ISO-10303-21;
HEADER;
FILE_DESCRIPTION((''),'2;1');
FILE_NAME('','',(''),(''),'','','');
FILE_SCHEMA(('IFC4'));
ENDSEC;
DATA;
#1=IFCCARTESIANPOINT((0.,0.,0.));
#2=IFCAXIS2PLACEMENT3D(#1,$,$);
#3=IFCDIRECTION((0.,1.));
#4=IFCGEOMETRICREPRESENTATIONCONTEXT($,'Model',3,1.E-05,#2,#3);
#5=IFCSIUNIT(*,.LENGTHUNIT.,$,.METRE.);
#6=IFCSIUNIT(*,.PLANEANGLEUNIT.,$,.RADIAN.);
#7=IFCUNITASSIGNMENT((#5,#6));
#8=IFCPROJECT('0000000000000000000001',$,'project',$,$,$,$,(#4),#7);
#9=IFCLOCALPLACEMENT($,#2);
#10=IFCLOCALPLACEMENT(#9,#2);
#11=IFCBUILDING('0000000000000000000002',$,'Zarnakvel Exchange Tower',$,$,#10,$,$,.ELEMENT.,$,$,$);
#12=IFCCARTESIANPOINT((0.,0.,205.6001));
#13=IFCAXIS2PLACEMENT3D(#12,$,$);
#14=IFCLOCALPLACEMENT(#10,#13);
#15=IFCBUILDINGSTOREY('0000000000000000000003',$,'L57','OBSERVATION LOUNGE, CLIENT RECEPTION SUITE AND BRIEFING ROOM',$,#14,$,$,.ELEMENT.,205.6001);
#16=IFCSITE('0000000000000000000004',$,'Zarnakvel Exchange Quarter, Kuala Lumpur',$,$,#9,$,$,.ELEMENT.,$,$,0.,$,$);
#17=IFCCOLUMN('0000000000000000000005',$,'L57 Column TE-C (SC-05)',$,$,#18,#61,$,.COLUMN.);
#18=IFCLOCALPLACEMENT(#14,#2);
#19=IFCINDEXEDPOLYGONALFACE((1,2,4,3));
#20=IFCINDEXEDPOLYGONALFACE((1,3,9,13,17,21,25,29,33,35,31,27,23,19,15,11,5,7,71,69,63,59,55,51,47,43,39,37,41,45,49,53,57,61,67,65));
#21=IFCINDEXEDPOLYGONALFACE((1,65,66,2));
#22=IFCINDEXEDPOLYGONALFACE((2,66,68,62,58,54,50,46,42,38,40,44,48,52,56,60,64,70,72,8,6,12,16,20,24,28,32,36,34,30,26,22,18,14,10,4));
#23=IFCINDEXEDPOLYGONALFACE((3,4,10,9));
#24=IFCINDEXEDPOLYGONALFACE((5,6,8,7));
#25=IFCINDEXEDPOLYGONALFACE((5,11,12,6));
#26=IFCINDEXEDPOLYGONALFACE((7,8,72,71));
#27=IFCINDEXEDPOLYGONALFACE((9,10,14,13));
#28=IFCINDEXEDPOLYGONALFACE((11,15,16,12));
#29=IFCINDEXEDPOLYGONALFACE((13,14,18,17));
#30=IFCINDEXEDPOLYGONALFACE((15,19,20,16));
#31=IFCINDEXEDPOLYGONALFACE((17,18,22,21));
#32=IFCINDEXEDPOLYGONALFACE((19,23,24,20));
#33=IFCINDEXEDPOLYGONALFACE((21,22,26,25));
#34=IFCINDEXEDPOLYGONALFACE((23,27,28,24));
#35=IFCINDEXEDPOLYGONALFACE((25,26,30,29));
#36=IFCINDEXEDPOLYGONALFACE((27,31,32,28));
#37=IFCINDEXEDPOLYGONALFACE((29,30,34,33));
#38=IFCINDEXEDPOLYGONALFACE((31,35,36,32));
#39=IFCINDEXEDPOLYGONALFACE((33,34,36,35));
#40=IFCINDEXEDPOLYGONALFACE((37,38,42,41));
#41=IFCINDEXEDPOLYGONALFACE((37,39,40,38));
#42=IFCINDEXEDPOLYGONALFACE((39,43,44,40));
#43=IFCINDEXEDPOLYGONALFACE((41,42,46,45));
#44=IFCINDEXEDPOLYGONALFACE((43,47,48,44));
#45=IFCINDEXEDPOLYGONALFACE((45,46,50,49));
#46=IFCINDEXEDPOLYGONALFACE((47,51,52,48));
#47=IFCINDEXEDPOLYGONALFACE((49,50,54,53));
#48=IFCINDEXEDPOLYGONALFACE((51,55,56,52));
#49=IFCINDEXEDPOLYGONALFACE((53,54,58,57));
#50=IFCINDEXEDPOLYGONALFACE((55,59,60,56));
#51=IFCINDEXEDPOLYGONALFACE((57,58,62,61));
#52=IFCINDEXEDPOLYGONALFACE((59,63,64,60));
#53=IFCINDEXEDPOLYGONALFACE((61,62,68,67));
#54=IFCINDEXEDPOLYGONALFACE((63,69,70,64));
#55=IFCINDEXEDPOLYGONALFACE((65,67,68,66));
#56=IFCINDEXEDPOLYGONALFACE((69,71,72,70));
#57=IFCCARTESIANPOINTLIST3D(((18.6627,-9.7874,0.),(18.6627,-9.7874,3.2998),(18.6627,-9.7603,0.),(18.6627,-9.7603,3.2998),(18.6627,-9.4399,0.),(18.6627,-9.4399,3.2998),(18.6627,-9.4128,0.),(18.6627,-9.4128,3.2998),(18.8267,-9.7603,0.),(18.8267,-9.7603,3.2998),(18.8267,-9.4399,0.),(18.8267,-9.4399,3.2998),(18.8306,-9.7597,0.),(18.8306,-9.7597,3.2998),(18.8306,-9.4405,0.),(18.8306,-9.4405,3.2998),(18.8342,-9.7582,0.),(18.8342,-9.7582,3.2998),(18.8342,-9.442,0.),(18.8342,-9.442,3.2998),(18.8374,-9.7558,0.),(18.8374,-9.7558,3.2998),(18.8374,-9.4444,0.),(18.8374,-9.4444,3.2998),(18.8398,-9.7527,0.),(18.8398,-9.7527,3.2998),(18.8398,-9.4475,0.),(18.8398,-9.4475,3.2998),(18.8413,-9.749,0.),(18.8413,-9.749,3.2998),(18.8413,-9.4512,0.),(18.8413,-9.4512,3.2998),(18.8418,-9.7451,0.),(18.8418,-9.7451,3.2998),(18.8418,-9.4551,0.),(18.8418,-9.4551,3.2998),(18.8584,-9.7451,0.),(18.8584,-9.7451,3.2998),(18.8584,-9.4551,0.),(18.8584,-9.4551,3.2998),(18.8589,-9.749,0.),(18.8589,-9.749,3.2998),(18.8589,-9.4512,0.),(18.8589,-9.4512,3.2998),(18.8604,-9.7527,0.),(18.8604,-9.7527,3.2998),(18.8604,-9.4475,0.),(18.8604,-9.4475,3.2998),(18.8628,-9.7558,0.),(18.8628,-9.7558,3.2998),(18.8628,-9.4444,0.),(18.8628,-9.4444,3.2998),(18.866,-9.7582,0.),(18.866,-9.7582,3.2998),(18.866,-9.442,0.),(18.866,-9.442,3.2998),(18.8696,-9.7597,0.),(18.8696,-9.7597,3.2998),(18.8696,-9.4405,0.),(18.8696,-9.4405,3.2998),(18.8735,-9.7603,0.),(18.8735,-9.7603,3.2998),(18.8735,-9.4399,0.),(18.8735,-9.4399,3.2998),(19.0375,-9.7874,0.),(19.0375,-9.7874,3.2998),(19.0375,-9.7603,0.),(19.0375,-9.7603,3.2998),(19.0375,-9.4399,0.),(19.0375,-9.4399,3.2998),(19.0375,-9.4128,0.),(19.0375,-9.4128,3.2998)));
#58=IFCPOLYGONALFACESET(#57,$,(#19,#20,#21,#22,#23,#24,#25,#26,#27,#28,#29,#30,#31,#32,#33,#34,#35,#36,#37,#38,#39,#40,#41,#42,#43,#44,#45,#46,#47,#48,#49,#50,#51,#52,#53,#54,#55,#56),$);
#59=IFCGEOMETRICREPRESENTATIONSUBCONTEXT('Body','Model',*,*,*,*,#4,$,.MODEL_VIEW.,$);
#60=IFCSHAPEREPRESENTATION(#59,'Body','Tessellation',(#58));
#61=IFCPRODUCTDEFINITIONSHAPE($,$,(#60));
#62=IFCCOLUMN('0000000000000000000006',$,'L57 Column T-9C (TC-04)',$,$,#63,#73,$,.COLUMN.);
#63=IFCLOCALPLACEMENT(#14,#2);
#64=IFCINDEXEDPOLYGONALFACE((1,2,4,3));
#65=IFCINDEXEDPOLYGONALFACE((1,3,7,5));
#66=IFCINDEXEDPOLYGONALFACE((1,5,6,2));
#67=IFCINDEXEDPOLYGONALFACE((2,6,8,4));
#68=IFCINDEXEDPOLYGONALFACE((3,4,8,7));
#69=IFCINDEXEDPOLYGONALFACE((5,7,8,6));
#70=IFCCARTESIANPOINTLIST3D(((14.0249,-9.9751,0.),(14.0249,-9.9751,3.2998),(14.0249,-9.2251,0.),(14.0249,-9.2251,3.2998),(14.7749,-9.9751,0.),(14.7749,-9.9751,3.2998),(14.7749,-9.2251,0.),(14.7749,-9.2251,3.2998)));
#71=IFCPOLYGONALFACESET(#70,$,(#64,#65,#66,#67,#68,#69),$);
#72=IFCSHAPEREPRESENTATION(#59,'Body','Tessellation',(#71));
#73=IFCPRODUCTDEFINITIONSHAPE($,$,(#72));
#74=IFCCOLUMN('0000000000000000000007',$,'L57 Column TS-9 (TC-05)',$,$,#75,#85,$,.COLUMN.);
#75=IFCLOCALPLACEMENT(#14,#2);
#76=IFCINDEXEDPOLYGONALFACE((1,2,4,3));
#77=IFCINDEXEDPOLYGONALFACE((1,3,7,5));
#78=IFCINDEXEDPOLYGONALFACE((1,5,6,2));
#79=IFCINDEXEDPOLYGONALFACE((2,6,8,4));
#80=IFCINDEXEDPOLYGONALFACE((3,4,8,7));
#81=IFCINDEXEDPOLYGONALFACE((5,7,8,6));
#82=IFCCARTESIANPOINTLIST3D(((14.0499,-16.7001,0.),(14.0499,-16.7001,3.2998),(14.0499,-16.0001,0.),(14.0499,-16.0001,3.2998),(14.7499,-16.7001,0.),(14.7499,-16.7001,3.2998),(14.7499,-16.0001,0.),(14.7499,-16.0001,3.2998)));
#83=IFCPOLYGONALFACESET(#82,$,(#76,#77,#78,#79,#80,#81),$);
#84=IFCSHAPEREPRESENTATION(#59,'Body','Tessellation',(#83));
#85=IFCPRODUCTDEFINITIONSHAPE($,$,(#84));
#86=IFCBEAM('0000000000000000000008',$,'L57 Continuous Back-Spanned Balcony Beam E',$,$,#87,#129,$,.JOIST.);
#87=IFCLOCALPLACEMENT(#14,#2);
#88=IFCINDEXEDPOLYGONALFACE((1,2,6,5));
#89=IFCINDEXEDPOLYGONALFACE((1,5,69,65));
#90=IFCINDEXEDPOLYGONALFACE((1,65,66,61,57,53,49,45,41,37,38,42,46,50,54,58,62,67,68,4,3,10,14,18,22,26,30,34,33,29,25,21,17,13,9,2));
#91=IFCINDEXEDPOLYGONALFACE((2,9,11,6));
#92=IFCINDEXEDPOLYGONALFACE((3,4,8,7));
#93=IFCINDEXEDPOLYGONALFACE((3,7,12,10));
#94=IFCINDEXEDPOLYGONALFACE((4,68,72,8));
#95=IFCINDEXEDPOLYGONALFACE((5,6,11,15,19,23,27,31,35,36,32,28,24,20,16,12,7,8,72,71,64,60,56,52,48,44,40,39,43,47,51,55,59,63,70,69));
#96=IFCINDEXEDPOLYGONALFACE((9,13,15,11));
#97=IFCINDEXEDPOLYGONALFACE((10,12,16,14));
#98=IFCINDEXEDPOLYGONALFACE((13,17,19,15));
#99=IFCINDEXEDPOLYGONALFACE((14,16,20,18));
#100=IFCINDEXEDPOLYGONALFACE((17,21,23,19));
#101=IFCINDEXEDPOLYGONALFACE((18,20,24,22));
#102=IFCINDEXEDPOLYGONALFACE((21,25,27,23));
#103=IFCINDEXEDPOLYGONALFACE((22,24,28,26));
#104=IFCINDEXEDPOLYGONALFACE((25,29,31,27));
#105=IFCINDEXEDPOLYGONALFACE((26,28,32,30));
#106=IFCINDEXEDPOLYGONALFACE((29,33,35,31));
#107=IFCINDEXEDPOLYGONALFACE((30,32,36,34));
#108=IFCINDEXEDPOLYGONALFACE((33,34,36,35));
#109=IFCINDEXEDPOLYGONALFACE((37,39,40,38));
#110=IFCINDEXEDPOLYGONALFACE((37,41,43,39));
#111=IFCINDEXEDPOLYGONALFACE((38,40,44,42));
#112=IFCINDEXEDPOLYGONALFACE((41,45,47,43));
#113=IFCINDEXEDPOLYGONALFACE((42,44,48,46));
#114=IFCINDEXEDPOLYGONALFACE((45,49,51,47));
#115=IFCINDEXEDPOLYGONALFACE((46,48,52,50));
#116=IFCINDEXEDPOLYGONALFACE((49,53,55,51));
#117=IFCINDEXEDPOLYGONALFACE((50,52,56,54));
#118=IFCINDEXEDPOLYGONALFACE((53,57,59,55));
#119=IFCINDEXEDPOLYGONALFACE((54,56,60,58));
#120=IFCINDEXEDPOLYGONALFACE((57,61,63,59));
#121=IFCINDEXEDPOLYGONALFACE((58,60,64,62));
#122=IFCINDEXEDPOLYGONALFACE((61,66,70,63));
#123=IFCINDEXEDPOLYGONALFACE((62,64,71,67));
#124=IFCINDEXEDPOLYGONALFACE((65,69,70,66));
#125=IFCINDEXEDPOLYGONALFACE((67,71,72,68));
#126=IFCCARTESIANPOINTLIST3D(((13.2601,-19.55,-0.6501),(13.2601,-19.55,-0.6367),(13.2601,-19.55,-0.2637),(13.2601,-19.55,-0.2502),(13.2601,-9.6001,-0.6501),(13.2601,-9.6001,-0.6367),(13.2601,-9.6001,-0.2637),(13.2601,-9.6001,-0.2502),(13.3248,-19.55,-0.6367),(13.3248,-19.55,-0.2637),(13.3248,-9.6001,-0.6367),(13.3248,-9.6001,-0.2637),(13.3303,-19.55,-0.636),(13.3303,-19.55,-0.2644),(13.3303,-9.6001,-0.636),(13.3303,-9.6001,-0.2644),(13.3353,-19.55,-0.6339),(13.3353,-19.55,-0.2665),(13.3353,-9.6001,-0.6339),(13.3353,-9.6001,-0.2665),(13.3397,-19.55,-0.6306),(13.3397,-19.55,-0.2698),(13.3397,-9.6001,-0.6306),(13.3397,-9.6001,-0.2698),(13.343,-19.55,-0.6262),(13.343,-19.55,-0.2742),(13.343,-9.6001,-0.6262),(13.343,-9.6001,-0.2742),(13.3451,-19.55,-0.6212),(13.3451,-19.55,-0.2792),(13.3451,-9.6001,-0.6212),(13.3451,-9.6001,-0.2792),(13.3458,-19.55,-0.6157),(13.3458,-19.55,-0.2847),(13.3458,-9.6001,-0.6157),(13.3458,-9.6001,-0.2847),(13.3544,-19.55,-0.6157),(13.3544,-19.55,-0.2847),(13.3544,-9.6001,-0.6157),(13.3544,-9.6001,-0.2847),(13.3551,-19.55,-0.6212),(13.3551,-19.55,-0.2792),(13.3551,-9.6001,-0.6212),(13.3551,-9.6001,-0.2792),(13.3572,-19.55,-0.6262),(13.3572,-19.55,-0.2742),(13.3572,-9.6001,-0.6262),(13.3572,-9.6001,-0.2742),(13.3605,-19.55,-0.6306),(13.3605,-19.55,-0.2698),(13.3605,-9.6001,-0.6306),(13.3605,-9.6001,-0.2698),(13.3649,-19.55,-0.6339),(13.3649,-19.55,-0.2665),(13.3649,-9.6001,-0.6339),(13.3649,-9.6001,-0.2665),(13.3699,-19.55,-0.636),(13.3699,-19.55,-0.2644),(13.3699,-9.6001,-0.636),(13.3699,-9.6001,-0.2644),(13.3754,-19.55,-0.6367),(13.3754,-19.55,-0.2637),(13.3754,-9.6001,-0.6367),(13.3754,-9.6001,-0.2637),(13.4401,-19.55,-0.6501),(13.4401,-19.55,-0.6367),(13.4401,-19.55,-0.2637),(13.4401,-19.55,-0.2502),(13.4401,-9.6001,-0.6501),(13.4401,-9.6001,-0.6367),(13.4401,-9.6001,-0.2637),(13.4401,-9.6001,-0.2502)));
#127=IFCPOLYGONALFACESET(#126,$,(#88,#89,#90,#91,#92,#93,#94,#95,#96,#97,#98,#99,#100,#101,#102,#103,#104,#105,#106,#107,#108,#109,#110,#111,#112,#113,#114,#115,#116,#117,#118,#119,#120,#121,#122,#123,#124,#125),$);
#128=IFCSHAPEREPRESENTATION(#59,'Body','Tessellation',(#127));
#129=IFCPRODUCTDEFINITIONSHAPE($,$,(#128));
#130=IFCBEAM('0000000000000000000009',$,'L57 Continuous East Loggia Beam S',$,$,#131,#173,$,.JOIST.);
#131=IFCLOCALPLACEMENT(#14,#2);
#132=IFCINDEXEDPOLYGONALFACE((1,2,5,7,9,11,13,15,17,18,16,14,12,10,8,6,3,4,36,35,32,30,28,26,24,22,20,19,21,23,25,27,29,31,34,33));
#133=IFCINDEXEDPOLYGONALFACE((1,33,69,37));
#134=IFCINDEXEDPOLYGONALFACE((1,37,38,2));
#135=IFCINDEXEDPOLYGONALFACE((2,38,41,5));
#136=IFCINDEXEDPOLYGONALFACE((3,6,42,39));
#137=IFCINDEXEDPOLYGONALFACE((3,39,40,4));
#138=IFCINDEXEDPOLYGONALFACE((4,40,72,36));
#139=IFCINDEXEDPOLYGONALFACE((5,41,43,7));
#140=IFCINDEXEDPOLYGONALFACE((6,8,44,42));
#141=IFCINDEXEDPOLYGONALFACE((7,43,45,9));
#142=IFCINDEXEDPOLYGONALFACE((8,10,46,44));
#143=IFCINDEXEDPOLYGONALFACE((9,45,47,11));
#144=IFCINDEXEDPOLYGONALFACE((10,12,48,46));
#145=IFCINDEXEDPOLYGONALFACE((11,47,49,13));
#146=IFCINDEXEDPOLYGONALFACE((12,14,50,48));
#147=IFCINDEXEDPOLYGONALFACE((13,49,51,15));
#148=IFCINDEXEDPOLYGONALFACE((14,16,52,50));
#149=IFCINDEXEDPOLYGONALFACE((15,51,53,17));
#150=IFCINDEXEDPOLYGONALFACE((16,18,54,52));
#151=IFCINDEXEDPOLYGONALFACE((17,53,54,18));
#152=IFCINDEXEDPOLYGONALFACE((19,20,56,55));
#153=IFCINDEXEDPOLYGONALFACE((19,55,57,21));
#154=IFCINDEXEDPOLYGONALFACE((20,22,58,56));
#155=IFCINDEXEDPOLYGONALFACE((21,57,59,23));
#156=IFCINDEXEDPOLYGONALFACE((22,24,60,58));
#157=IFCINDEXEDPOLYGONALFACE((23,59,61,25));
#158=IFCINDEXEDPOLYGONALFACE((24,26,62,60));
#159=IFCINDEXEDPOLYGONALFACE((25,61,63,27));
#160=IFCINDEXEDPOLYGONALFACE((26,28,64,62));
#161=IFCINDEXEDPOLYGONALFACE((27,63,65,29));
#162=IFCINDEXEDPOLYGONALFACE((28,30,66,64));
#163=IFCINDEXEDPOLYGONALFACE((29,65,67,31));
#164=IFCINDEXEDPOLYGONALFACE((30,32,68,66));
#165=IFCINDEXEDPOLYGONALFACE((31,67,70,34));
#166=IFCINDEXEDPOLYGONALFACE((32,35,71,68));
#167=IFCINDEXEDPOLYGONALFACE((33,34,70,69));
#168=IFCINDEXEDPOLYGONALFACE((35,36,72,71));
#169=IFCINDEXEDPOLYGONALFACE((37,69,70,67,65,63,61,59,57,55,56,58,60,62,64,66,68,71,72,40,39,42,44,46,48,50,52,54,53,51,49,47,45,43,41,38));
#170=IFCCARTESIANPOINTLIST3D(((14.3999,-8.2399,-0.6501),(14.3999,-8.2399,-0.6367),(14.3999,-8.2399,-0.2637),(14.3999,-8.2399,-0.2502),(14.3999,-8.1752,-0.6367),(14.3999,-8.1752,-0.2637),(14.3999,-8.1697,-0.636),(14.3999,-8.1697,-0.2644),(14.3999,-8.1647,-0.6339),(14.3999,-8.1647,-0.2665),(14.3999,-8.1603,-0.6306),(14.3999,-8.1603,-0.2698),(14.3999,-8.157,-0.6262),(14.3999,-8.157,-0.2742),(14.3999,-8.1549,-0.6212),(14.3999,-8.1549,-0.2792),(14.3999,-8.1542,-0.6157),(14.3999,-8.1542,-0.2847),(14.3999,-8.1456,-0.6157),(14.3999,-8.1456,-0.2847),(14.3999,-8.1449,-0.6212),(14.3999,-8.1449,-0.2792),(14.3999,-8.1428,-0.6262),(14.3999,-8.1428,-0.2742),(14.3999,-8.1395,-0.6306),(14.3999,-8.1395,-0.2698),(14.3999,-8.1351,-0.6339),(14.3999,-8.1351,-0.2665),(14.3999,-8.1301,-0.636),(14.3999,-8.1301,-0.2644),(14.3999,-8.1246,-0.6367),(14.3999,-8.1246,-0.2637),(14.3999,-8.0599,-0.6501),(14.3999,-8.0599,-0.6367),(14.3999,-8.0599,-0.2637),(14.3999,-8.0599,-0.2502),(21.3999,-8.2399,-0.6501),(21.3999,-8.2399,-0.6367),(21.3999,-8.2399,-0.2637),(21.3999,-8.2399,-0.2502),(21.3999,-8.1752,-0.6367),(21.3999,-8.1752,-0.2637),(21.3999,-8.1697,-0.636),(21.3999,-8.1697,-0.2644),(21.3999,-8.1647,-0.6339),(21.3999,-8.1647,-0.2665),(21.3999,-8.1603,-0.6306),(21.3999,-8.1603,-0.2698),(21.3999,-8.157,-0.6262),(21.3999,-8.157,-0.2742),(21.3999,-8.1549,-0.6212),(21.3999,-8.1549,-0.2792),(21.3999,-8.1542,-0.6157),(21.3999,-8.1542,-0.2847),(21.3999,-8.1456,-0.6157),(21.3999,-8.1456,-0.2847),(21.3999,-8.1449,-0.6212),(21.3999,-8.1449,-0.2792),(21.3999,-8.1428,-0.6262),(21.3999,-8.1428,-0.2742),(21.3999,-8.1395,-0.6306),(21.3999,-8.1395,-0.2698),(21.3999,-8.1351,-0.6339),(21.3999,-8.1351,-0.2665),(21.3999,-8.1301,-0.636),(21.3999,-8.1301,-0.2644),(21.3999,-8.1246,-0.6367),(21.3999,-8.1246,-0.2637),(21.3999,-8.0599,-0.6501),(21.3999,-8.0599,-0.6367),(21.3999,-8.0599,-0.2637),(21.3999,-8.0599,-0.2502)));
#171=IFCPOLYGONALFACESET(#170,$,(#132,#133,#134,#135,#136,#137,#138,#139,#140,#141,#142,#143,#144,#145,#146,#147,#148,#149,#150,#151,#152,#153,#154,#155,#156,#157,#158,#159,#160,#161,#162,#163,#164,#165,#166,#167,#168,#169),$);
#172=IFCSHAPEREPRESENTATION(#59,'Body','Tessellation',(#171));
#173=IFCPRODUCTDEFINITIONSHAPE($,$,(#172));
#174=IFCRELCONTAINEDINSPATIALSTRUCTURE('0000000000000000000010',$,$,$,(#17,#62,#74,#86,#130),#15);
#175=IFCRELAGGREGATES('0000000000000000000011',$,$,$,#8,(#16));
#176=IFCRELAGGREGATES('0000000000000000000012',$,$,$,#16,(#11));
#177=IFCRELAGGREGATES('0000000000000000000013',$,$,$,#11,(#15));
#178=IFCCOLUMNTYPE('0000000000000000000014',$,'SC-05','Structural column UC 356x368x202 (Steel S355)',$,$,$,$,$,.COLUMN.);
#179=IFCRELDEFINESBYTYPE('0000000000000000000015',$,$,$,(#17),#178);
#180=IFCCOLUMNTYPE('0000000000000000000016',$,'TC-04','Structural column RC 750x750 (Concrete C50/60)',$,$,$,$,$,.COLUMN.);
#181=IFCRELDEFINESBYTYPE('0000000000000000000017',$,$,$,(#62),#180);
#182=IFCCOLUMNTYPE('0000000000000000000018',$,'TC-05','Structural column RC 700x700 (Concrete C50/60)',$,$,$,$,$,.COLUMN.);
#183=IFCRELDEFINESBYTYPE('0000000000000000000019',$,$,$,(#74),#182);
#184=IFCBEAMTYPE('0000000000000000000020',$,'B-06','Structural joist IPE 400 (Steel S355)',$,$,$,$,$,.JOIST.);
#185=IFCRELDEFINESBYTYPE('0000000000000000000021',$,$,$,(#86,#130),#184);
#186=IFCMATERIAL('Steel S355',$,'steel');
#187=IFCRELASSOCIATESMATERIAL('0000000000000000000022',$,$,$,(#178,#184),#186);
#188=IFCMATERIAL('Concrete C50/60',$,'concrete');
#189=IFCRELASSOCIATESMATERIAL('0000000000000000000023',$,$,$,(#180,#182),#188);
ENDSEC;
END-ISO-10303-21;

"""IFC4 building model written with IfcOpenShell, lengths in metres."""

from ifc_helpers import new_model, si_unit, direction, frame, origin, origin_2d, place, context, subcontext, project, spatial, rectangle, i_section, extrude, material, material_profile, profile_set, type_object, element, save


model = new_model("IFC4")

# Units and contexts
model_context = context("Model", 3, precision=1e-05, world=origin(), true_north=direction((0.0, 1.0)))
body_context = subcontext(model_context, "Body", "Model", "MODEL_VIEW")
ifc_project = project(units=[si_unit("LENGTHUNIT", "METRE"), si_unit("PLANEANGLEUNIT", "RADIAN")], contexts=[model_context])

# Site, building, storey
site_placement = place(None, origin())
site = spatial("IfcSite", under=ifc_project, at=site_placement, Name="Zarnakvel Exchange Quarter, Kuala Lumpur", CompositionType="ELEMENT", RefElevation=0.0)
building_placement = place(site_placement, origin())
building = spatial("IfcBuilding", under=site, at=building_placement, Name="Zarnakvel Exchange Tower", CompositionType="ELEMENT")
storey_placement = place(building_placement, frame((0.0, 0.0, 205.6001)))
storey = spatial("IfcBuildingStorey", under=building, at=storey_placement, Name="L57", Description="OBSERVATION LOUNGE, CLIENT RECEPTION SUITE AND BRIEFING ROOM", CompositionType="ELEMENT", Elevation=205.6001)

# Columns
ifc_material_1 = material(Name="Steel S355", Category="steel")
ifc_material_profile_1 = material_profile(ifc_material_1, i_section(OverallWidth=0.3748, OverallDepth=0.3745, WebThickness=0.0166, FlangeThickness=0.0271, FilletRadius=0.0151, at=origin_2d()))
ifc_profile_set_1 = profile_set([ifc_material_profile_1], Name="Steel S355")
column_type_1 = type_object("IfcColumnType", Name="SC-05", Description="Structural column UC 356x368x202 (Steel S355)", PredefinedType="COLUMN", material=ifc_profile_set_1)
column_1_placement = place(storey_placement, frame((18.8501, -9.6001, 0.0), z_axis=(0.0, 0.0, 1.0), x_axis=(1.0, 0.0, 0.0)))
element("IfcColumn", 1, at=column_1_placement, inside=storey, type_object=column_type_1, Name="L57 Column TE-C (SC-05)", PredefinedType="COLUMN", context=body_context, shape_type="SweptSolid", body=[
    extrude(i_section(OverallWidth=0.3748, OverallDepth=0.3745, WebThickness=0.0166, FlangeThickness=0.0271, FilletRadius=0.0151, at=origin_2d()), origin(), (0.0, 0.0, 1.0), 3.2998),
])
ifc_material_2 = material(Name="Concrete C50/60", Category="concrete")
ifc_material_profile_2 = material_profile(ifc_material_2, rectangle(XDim=0.75, YDim=0.75, at=origin_2d()))
ifc_profile_set_2 = profile_set([ifc_material_profile_2], Name="Concrete C50/60")
column_type_2 = type_object("IfcColumnType", Name="TC-04", Description="Structural column RC 750x750 (Concrete C50/60)", PredefinedType="COLUMN", material=ifc_profile_set_2)
column_2_placement = place(storey_placement, frame((14.3999, -9.6001, 0.0), z_axis=(0.0, 0.0, 1.0), x_axis=(1.0, 0.0, 0.0)))
element("IfcColumn", 2, at=column_2_placement, inside=storey, type_object=column_type_2, Name="L57 Column T-9C (TC-04)", PredefinedType="COLUMN", context=body_context, shape_type="SweptSolid", body=[
    extrude(rectangle(XDim=0.75, YDim=0.75, at=origin_2d()), origin(), (0.0, 0.0, 1.0), 3.2998),
])
ifc_material_profile_3 = material_profile(ifc_material_2, rectangle(XDim=0.7, YDim=0.7, at=origin_2d()))
ifc_profile_set_3 = profile_set([ifc_material_profile_3], Name="Concrete C50/60")
column_type_3 = type_object("IfcColumnType", Name="TC-05", Description="Structural column RC 700x700 (Concrete C50/60)", PredefinedType="COLUMN", material=ifc_profile_set_3)
column_3_placement = place(storey_placement, frame((14.3999, -16.3501, 0.0), z_axis=(0.0, 0.0, 1.0), x_axis=(1.0, 0.0, 0.0)))
element("IfcColumn", 3, at=column_3_placement, inside=storey, type_object=column_type_3, Name="L57 Column TS-9 (TC-05)", PredefinedType="COLUMN", context=body_context, shape_type="SweptSolid", body=[
    extrude(rectangle(XDim=0.7, YDim=0.7, at=origin_2d()), origin(), (0.0, 0.0, 1.0), 3.2998),
])

# Beams
ifc_material_profile_4 = material_profile(ifc_material_1, i_section(OverallWidth=0.1799, OverallDepth=0.3999, WebThickness=0.0085, FlangeThickness=0.0134, FilletRadius=0.021, at=origin_2d()))
ifc_profile_set_4 = profile_set([ifc_material_profile_4], Name="Steel S355")
beam_type_1 = type_object("IfcBeamType", Name="B-06", Description="Structural joist IPE 400 (Steel S355)", PredefinedType="JOIST", material=ifc_profile_set_4)
beam_1_placement = place(storey_placement, frame((13.3501, -9.6001, -0.4502), z_axis=(0.0, -1.0, 0.0), x_axis=(1.0, 0.0, 0.0)))
element("IfcBeam", 4, at=beam_1_placement, inside=storey, type_object=beam_type_1, Name="L57 Continuous Back-Spanned Balcony Beam E", PredefinedType="JOIST", context=body_context, shape_type="SweptSolid", body=[
    extrude(i_section(OverallWidth=0.1799, OverallDepth=0.3999, WebThickness=0.0085, FlangeThickness=0.0134, FilletRadius=0.021, at=origin_2d()), origin(), (0.0, 0.0, 1.0), 9.95),
])
beam_2_placement = place(storey_placement, frame((14.3999, -8.1499, -0.4502), z_axis=(1.0, 0.0, 0.0), x_axis=(0.0, 1.0, 0.0)))
element("IfcBeam", 5, at=beam_2_placement, inside=storey, type_object=beam_type_1, Name="L57 Continuous East Loggia Beam S", PredefinedType="JOIST", context=body_context, shape_type="SweptSolid", body=[
    extrude(i_section(OverallWidth=0.1799, OverallDepth=0.3999, WebThickness=0.0085, FlangeThickness=0.0134, FilletRadius=0.021, at=origin_2d()), origin(), (0.0, 0.0, 1.0), 7.0),
])

save(model, "model.ifc")
